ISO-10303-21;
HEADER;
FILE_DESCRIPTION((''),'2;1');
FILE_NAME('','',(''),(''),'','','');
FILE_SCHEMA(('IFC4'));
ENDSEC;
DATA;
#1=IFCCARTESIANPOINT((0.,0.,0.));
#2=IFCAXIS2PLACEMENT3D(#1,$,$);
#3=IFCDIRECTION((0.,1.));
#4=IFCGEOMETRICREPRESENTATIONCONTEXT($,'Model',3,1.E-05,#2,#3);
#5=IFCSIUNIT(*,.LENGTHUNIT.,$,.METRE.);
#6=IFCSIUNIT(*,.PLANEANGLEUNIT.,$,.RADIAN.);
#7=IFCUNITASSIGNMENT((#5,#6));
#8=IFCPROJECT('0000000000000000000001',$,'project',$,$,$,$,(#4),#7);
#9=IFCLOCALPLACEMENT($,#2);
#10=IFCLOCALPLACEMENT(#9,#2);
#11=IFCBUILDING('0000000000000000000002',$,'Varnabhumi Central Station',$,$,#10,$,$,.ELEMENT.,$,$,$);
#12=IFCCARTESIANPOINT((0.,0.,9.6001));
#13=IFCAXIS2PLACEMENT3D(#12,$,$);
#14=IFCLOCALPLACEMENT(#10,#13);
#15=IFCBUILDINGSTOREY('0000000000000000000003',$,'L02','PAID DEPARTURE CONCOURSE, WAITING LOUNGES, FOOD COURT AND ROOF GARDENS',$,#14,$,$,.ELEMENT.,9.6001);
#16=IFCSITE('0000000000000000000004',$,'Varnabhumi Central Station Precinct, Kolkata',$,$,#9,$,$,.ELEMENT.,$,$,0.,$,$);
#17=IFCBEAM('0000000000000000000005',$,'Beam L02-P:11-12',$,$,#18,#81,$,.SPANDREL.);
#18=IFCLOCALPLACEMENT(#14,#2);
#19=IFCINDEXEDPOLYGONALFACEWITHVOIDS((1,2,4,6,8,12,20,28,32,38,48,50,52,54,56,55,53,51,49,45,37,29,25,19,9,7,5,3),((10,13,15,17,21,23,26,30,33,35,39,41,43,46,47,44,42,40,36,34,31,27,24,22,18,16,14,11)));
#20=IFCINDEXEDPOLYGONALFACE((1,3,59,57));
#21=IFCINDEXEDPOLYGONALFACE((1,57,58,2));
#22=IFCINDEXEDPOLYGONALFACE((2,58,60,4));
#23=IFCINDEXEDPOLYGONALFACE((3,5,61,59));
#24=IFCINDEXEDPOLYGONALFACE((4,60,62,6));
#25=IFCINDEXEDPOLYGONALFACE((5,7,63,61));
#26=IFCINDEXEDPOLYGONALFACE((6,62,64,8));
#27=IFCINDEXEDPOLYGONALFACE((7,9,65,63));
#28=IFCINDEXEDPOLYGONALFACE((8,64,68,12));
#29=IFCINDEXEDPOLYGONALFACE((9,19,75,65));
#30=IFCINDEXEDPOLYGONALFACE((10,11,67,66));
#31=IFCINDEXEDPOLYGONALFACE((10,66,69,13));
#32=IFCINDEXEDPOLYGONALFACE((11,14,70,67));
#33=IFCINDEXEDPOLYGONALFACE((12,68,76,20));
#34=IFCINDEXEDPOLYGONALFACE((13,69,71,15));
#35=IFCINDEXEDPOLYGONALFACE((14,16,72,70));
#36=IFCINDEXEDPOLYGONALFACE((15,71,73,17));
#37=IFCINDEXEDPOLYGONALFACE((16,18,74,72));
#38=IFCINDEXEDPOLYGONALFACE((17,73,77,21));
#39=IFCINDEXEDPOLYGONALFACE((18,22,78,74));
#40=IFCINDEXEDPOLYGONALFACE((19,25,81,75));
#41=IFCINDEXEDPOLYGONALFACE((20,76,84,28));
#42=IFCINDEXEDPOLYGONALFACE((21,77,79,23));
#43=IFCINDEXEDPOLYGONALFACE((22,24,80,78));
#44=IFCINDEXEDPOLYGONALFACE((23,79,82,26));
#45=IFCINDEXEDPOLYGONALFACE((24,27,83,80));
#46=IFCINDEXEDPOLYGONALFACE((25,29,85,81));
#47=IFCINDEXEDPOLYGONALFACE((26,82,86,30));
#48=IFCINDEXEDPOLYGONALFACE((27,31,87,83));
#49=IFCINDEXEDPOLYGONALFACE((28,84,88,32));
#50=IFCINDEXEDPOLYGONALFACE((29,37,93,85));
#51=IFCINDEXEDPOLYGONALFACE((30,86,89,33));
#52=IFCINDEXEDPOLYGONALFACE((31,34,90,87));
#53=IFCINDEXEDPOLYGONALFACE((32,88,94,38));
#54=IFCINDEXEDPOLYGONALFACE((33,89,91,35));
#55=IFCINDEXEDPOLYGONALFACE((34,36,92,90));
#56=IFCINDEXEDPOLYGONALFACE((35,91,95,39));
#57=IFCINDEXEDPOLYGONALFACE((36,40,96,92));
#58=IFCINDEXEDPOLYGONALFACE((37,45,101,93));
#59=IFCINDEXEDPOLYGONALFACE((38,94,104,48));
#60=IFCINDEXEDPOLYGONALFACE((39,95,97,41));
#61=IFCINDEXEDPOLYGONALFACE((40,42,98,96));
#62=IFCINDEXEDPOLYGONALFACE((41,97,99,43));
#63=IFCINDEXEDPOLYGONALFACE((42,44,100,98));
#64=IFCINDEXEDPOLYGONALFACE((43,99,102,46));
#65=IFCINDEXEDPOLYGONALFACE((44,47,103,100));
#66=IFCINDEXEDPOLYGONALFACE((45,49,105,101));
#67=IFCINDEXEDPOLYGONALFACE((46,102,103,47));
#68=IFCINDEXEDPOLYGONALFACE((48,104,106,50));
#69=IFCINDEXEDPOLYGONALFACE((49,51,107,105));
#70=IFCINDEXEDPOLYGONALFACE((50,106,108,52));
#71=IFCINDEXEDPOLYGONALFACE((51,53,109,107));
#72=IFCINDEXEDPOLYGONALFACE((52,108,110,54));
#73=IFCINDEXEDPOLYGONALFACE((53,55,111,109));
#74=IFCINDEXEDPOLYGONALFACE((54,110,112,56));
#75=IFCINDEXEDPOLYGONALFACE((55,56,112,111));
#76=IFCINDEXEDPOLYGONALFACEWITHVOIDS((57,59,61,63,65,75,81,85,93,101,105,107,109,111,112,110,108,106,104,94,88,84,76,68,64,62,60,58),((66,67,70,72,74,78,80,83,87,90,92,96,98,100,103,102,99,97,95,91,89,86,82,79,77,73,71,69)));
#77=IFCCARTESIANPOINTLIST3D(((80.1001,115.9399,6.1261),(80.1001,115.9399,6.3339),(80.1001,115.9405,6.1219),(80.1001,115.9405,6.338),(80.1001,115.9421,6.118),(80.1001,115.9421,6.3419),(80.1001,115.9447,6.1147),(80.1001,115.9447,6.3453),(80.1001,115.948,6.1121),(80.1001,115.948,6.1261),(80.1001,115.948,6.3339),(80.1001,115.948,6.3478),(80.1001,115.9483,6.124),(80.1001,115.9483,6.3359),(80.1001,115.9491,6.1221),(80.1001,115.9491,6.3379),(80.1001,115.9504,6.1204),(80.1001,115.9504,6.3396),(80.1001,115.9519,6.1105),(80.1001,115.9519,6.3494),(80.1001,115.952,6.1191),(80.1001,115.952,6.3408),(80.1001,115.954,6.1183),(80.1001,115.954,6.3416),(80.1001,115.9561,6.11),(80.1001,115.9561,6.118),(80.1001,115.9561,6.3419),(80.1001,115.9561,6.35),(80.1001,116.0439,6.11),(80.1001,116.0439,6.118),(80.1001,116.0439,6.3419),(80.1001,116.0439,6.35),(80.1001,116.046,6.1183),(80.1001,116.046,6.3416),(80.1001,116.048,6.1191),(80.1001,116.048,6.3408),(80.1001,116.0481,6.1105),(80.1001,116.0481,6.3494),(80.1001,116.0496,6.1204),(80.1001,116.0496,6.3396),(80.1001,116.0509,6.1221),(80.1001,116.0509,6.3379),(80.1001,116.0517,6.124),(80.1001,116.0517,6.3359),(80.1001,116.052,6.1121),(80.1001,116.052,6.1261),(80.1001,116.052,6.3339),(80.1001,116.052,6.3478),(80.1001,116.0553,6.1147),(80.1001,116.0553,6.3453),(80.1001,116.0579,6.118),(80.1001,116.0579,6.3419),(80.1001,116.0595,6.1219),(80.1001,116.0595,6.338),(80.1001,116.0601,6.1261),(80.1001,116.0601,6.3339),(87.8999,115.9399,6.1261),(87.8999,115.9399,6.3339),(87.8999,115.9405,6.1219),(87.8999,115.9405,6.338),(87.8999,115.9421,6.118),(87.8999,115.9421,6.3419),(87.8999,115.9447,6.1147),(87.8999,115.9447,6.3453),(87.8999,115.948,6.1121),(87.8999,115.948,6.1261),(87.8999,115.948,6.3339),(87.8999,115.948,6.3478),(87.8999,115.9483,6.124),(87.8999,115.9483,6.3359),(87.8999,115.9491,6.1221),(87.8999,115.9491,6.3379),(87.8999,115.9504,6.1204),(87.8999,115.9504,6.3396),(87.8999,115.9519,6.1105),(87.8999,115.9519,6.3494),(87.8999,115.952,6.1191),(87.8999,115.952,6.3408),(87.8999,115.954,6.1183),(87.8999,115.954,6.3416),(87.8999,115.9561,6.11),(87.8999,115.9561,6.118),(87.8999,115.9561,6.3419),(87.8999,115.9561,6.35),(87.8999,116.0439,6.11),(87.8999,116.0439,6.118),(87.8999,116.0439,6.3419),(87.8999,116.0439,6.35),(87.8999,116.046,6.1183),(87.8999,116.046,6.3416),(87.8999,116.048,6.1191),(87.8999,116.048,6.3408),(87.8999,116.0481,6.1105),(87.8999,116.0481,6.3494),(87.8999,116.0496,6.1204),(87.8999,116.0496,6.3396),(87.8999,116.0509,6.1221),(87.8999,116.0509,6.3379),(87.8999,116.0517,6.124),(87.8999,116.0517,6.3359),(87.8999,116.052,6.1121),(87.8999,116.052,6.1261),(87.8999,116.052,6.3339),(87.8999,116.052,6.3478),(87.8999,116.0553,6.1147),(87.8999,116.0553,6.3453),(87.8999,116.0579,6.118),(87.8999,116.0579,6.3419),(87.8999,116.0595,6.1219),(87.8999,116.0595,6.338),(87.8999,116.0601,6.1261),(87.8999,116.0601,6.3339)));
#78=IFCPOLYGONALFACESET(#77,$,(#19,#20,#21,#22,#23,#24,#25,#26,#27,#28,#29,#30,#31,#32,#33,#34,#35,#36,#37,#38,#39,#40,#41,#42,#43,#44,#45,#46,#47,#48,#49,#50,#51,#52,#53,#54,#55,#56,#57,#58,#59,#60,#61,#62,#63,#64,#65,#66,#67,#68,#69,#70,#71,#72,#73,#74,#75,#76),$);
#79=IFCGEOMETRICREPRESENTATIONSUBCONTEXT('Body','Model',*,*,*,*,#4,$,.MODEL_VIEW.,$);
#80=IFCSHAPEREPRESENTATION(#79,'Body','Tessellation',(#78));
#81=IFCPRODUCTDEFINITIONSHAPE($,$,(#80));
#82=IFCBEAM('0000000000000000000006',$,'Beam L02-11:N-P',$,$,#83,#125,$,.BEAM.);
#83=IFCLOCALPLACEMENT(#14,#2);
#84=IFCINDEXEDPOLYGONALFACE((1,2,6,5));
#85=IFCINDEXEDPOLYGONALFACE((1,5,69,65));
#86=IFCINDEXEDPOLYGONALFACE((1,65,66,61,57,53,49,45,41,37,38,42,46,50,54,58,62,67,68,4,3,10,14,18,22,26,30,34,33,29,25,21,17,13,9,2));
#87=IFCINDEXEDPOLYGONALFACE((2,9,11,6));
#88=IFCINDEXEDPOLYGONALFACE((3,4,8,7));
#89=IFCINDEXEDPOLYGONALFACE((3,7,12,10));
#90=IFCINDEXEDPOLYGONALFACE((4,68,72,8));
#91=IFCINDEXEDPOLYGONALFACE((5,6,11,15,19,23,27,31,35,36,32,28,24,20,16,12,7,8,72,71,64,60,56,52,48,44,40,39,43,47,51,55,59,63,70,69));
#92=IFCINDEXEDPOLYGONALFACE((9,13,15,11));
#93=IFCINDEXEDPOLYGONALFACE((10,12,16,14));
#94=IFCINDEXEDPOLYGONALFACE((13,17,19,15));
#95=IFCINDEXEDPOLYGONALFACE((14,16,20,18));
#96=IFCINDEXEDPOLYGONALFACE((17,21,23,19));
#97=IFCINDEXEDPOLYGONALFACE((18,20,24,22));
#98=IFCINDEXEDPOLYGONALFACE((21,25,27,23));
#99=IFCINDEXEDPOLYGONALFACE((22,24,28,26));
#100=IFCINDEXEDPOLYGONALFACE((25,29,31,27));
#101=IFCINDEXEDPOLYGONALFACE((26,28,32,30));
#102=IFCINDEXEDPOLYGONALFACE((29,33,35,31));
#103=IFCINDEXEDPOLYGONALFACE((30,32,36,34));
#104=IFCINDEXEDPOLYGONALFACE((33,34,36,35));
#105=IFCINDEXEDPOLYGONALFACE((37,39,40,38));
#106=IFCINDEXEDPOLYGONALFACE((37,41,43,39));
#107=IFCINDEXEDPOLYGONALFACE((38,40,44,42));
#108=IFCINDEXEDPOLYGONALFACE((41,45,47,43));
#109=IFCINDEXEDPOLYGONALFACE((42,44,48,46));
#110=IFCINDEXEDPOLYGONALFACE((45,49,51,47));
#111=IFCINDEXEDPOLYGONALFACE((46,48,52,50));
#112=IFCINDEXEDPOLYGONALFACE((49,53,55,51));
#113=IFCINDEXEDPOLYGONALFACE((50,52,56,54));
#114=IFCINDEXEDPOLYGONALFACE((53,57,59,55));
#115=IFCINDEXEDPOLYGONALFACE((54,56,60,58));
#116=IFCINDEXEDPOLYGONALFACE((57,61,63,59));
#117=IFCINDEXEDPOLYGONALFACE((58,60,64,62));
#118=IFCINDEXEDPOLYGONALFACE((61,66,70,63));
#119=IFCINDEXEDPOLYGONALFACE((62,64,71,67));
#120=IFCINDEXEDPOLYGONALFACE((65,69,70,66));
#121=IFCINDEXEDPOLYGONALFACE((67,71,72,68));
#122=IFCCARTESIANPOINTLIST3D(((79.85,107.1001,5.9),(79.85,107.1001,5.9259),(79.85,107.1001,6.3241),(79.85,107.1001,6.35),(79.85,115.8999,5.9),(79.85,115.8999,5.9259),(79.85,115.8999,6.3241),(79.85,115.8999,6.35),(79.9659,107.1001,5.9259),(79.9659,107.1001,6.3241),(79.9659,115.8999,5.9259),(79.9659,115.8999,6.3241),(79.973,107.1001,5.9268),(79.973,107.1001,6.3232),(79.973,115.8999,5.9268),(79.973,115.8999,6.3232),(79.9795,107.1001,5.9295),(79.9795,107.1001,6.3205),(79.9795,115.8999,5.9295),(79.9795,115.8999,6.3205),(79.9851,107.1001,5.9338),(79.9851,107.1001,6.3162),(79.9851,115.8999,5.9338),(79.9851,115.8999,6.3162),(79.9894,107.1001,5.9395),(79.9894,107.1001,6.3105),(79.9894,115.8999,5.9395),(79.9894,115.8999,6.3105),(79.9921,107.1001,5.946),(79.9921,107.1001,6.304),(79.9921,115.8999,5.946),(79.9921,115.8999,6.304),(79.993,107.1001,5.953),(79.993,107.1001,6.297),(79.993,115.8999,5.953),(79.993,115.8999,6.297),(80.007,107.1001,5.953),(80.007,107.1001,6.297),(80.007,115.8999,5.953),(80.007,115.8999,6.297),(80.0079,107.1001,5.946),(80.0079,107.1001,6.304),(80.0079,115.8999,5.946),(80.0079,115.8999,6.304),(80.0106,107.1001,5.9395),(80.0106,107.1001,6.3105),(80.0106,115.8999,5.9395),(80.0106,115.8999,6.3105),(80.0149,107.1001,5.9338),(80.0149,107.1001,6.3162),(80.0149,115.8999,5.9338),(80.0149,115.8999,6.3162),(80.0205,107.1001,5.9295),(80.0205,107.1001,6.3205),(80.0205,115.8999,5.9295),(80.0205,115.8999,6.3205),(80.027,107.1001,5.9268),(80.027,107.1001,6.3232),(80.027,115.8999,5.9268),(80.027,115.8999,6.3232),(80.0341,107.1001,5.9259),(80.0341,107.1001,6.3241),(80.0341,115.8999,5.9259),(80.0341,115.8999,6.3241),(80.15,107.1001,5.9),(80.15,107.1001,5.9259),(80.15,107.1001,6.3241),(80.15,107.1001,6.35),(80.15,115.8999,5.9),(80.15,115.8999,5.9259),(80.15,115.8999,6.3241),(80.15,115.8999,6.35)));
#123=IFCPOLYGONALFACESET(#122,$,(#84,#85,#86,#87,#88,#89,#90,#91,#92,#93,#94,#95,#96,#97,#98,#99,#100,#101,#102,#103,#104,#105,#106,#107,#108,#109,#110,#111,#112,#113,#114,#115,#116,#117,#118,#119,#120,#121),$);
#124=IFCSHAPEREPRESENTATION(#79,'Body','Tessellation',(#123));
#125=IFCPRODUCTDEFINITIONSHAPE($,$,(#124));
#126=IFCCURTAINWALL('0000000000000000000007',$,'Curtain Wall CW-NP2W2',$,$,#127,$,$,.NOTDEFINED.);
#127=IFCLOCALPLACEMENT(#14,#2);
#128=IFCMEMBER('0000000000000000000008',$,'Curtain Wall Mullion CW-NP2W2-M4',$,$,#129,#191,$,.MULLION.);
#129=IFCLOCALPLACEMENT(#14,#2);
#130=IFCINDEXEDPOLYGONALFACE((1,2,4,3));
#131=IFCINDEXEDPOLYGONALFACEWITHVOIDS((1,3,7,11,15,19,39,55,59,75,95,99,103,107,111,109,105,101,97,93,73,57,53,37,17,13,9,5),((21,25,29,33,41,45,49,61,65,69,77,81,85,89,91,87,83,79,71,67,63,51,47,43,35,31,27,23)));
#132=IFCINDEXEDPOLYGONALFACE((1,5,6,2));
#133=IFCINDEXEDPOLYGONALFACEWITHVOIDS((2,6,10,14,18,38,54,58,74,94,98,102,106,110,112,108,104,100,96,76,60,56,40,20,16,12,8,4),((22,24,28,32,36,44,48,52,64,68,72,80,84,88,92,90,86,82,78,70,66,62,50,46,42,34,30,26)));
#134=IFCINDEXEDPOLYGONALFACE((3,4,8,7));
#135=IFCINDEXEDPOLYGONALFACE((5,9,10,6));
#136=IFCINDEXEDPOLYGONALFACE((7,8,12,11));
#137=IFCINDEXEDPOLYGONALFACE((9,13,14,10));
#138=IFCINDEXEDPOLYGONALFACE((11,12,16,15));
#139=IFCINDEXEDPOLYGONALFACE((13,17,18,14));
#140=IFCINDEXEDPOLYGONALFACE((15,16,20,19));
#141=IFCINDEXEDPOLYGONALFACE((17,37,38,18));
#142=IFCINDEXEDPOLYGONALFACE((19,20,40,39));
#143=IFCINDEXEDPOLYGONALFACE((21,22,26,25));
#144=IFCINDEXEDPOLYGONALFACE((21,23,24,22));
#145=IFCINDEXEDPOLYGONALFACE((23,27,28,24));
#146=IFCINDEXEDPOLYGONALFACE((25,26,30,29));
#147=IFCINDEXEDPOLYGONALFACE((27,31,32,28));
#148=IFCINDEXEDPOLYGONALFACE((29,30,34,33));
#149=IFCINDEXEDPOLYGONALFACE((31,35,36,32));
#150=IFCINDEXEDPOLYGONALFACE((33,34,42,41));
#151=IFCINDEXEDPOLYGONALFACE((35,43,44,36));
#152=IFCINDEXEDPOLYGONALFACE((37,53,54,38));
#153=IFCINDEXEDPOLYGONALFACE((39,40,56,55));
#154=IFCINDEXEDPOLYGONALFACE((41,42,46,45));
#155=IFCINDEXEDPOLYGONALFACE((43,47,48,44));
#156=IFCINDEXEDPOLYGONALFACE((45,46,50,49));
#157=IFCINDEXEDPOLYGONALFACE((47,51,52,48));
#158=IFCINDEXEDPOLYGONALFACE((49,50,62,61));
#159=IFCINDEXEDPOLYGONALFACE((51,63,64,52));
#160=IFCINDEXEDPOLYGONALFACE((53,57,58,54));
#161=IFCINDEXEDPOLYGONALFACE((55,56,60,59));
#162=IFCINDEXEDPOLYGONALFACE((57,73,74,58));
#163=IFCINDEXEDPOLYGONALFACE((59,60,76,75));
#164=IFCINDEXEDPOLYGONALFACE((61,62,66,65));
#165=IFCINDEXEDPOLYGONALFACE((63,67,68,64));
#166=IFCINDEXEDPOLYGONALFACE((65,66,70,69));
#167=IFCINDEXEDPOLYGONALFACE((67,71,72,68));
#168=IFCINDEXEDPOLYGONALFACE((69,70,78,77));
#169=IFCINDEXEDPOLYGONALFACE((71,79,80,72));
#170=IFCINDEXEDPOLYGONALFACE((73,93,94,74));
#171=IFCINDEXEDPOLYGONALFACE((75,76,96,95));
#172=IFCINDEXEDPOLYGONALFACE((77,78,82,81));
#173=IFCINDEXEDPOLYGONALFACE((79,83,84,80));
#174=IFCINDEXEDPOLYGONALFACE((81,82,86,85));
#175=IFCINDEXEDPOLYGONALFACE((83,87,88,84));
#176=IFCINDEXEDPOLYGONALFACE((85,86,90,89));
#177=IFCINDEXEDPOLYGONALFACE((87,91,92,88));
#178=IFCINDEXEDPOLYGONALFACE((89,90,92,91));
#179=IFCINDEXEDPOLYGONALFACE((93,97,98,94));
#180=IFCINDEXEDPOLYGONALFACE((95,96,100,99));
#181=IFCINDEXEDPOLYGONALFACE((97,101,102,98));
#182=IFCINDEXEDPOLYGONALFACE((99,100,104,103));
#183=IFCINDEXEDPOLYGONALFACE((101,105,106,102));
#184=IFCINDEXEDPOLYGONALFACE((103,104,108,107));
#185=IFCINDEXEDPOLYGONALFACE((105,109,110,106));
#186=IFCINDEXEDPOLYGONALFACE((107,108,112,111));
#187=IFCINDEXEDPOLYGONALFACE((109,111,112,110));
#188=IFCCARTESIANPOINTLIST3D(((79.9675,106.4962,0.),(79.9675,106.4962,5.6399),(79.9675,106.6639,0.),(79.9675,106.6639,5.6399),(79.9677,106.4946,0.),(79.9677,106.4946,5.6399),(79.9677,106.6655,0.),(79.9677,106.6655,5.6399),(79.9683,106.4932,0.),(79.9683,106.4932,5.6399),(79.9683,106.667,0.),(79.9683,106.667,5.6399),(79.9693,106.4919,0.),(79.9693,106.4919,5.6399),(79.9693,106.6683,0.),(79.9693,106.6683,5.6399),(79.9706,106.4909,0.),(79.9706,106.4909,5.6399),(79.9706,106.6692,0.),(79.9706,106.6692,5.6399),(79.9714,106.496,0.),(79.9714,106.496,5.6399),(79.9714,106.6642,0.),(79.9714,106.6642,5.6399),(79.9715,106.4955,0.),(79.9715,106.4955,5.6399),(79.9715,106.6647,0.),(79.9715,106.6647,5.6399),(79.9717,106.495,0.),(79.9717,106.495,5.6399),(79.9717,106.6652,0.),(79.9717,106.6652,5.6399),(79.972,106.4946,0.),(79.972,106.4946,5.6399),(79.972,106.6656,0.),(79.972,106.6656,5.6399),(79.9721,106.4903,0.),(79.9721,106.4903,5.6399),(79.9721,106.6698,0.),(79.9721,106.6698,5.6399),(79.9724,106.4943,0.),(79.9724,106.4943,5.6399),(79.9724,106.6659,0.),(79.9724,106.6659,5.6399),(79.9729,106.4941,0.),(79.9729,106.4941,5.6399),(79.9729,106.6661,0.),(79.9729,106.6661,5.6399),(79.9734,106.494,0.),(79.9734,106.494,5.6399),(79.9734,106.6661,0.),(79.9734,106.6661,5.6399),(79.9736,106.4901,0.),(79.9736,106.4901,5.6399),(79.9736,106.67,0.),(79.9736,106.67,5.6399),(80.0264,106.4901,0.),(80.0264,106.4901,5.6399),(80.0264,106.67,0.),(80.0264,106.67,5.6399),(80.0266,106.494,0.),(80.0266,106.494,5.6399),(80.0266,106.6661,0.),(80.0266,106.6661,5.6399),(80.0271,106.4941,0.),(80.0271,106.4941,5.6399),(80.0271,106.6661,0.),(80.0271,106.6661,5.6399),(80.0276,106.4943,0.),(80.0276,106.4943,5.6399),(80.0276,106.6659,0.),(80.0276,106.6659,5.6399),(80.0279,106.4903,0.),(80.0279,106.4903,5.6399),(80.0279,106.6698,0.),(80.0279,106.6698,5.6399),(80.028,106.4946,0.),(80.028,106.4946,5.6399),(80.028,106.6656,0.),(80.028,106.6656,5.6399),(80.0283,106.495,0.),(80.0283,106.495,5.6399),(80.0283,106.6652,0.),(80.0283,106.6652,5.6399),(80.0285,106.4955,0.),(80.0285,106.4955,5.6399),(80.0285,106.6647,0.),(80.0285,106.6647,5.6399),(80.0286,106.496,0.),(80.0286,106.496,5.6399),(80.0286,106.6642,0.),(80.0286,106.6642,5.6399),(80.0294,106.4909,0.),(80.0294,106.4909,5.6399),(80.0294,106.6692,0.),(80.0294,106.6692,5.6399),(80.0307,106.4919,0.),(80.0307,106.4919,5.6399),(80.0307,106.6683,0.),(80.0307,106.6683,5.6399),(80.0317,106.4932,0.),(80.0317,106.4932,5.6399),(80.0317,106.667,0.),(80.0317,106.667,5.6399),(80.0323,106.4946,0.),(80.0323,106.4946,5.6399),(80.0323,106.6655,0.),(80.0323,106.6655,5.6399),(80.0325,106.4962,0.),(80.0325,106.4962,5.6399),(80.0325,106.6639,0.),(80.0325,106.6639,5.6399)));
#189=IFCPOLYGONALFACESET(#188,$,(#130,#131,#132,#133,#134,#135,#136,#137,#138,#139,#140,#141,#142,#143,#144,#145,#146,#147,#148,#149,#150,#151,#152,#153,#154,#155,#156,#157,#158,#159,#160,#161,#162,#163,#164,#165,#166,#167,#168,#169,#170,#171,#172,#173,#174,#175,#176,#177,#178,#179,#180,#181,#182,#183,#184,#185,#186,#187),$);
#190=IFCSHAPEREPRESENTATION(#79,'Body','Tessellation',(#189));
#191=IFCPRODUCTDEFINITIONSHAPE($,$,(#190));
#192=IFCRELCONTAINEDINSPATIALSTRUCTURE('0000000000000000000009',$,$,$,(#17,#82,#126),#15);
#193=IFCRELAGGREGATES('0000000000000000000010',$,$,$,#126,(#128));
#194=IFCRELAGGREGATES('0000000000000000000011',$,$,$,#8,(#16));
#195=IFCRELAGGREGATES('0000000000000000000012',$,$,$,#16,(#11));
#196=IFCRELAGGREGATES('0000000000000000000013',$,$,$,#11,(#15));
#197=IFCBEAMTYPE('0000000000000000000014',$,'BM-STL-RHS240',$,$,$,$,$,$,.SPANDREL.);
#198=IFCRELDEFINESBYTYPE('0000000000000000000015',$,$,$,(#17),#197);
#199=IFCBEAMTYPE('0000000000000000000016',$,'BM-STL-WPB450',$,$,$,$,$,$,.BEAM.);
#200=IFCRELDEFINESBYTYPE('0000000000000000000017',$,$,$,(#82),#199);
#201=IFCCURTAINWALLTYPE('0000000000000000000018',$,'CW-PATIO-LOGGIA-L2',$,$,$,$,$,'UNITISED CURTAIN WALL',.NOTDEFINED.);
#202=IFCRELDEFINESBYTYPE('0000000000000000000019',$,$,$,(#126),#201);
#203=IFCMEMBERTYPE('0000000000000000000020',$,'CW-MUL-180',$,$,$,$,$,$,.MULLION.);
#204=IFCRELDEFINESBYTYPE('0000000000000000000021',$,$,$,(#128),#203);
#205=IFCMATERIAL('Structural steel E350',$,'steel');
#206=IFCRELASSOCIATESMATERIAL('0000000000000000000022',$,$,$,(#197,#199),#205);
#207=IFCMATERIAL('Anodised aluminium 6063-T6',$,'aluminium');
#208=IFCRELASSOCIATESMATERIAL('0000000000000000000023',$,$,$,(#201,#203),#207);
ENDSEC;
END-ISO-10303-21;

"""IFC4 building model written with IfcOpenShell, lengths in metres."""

from ifc_helpers import new_model, si_unit, direction, frame, origin, origin_2d, place, context, subcontext, project, spatial, hollow_rectangle, i_section, extrude, material, material_profile, profile_set, type_object, element, aggregate, save


model = new_model("IFC4")

# Units and contexts
model_context = context("Model", 3, precision=1e-05, world=origin(), true_north=direction((0.0, 1.0)))
body_context = subcontext(model_context, "Body", "Model", "MODEL_VIEW")
ifc_project = project(units=[si_unit("LENGTHUNIT", "METRE"), si_unit("PLANEANGLEUNIT", "RADIAN")], contexts=[model_context])

# Site, building, storey
site_placement = place(None, origin())
site = spatial("IfcSite", under=ifc_project, at=site_placement, Name="Varnabhumi Central Station Precinct, Kolkata", CompositionType="ELEMENT", RefElevation=0.0)
building_placement = place(site_placement, origin())
building = spatial("IfcBuilding", under=site, at=building_placement, Name="Varnabhumi Central Station", CompositionType="ELEMENT")
storey_placement = place(building_placement, frame((0.0, 0.0, 9.6001)))
storey = spatial("IfcBuildingStorey", under=building, at=storey_placement, Name="L02", Description="PAID DEPARTURE CONCOURSE, WAITING LOUNGES, FOOD COURT AND ROOF GARDENS", CompositionType="ELEMENT", Elevation=9.6001)

# Beams
ifc_material_1 = material(Name="Structural steel E350", Category="steel")
ifc_material_profile_1 = material_profile(ifc_material_1, hollow_rectangle(XDim=0.1201, YDim=0.24, WallThickness=0.0081, InnerFilletRadius=0.0081, OuterFilletRadius=0.0161, at=origin_2d()), Name="Structural steel E350", Category="steel")
ifc_profile_set_1 = profile_set([ifc_material_profile_1], Name="Structural steel E350")
beam_type_1 = type_object("IfcBeamType", Name="BM-STL-RHS240", PredefinedType="SPANDREL", material=ifc_profile_set_1)
beam_1_placement = place(storey_placement, frame((80.1001, 116.0, 6.23), z_axis=(1.0, 0.0, 0.0), x_axis=(0.0, 1.0, 0.0)))
element("IfcBeam", 1, at=beam_1_placement, inside=storey, type_object=beam_type_1, Name="Beam L02-P:11-12", PredefinedType="SPANDREL", context=body_context, shape_type="SweptSolid", body=[
    extrude(hollow_rectangle(XDim=0.1201, YDim=0.24, WallThickness=0.0081, InnerFilletRadius=0.0081, OuterFilletRadius=0.0161, at=origin_2d()), origin(), (0.0, 0.0, 1.0), 7.7998),
])
ifc_material_profile_2 = material_profile(ifc_material_1, i_section(OverallWidth=0.3, OverallDepth=0.45, WebThickness=0.0139, FlangeThickness=0.0259, FilletRadius=0.0271, at=origin_2d()), Name="Structural steel E350", Category="steel")
ifc_profile_set_2 = profile_set([ifc_material_profile_2], Name="Structural steel E350")
beam_type_2 = type_object("IfcBeamType", Name="BM-STL-WPB450", PredefinedType="BEAM", material=ifc_profile_set_2)
beam_2_placement = place(storey_placement, frame((80.0, 107.1001, 6.125), z_axis=(0.0, 1.0, 0.0), x_axis=(-1.0, 0.0, 0.0)))
element("IfcBeam", 2, at=beam_2_placement, inside=storey, type_object=beam_type_2, Name="Beam L02-11:N-P", PredefinedType="BEAM", context=body_context, shape_type="SweptSolid", body=[
    extrude(i_section(OverallWidth=0.3, OverallDepth=0.45, WebThickness=0.0139, FlangeThickness=0.0259, FilletRadius=0.0271, at=origin_2d()), origin(), (0.0, 0.0, 1.0), 8.7998),
])

# Curtain wall, member
ifc_material_2 = material(Name="Anodised aluminium 6063-T6", Category="aluminium")
curtain_wall_type = type_object("IfcCurtainWallType", Name="CW-PATIO-LOGGIA-L2", ElementType="UNITISED CURTAIN WALL", PredefinedType="NOTDEFINED", material=ifc_material_2)
curtain_wall_1_placement = place(storey_placement, origin())
curtain_wall_1 = element("IfcCurtainWall", 3, at=curtain_wall_1_placement, inside=storey, type_object=curtain_wall_type, Name="Curtain Wall CW-NP2W2", PredefinedType="NOTDEFINED")
ifc_material_profile_3 = material_profile(ifc_material_2, hollow_rectangle(XDim=0.0649, YDim=0.1799, WallThickness=0.0039, InnerFilletRadius=0.002, OuterFilletRadius=0.0061, at=origin_2d()), Name="Anodised aluminium 6063-T6", Category="aluminium")
ifc_profile_set_3 = profile_set([ifc_material_profile_3], Name="Anodised aluminium 6063-T6")
member_type_1 = type_object("IfcMemberType", Name="CW-MUL-180", PredefinedType="MULLION", material=ifc_profile_set_3)
member_1_placement = place(storey_placement, frame((80.0, 106.5801, 0.0), z_axis=(0.0, 0.0, 1.0), x_axis=(1.0, 0.0, 0.0)))
member_1 = element("IfcMember", 4, at=member_1_placement, type_object=member_type_1, Name="Curtain Wall Mullion CW-NP2W2-M4", PredefinedType="MULLION", context=body_context, shape_type="SweptSolid", body=[
    extrude(hollow_rectangle(XDim=0.0649, YDim=0.1799, WallThickness=0.0039, InnerFilletRadius=0.002, OuterFilletRadius=0.0061, at=origin_2d()), origin(), (0.0, 0.0, 1.0), 5.6399),
])
aggregate(curtain_wall_1, [member_1])

save(model, "model.ifc")
